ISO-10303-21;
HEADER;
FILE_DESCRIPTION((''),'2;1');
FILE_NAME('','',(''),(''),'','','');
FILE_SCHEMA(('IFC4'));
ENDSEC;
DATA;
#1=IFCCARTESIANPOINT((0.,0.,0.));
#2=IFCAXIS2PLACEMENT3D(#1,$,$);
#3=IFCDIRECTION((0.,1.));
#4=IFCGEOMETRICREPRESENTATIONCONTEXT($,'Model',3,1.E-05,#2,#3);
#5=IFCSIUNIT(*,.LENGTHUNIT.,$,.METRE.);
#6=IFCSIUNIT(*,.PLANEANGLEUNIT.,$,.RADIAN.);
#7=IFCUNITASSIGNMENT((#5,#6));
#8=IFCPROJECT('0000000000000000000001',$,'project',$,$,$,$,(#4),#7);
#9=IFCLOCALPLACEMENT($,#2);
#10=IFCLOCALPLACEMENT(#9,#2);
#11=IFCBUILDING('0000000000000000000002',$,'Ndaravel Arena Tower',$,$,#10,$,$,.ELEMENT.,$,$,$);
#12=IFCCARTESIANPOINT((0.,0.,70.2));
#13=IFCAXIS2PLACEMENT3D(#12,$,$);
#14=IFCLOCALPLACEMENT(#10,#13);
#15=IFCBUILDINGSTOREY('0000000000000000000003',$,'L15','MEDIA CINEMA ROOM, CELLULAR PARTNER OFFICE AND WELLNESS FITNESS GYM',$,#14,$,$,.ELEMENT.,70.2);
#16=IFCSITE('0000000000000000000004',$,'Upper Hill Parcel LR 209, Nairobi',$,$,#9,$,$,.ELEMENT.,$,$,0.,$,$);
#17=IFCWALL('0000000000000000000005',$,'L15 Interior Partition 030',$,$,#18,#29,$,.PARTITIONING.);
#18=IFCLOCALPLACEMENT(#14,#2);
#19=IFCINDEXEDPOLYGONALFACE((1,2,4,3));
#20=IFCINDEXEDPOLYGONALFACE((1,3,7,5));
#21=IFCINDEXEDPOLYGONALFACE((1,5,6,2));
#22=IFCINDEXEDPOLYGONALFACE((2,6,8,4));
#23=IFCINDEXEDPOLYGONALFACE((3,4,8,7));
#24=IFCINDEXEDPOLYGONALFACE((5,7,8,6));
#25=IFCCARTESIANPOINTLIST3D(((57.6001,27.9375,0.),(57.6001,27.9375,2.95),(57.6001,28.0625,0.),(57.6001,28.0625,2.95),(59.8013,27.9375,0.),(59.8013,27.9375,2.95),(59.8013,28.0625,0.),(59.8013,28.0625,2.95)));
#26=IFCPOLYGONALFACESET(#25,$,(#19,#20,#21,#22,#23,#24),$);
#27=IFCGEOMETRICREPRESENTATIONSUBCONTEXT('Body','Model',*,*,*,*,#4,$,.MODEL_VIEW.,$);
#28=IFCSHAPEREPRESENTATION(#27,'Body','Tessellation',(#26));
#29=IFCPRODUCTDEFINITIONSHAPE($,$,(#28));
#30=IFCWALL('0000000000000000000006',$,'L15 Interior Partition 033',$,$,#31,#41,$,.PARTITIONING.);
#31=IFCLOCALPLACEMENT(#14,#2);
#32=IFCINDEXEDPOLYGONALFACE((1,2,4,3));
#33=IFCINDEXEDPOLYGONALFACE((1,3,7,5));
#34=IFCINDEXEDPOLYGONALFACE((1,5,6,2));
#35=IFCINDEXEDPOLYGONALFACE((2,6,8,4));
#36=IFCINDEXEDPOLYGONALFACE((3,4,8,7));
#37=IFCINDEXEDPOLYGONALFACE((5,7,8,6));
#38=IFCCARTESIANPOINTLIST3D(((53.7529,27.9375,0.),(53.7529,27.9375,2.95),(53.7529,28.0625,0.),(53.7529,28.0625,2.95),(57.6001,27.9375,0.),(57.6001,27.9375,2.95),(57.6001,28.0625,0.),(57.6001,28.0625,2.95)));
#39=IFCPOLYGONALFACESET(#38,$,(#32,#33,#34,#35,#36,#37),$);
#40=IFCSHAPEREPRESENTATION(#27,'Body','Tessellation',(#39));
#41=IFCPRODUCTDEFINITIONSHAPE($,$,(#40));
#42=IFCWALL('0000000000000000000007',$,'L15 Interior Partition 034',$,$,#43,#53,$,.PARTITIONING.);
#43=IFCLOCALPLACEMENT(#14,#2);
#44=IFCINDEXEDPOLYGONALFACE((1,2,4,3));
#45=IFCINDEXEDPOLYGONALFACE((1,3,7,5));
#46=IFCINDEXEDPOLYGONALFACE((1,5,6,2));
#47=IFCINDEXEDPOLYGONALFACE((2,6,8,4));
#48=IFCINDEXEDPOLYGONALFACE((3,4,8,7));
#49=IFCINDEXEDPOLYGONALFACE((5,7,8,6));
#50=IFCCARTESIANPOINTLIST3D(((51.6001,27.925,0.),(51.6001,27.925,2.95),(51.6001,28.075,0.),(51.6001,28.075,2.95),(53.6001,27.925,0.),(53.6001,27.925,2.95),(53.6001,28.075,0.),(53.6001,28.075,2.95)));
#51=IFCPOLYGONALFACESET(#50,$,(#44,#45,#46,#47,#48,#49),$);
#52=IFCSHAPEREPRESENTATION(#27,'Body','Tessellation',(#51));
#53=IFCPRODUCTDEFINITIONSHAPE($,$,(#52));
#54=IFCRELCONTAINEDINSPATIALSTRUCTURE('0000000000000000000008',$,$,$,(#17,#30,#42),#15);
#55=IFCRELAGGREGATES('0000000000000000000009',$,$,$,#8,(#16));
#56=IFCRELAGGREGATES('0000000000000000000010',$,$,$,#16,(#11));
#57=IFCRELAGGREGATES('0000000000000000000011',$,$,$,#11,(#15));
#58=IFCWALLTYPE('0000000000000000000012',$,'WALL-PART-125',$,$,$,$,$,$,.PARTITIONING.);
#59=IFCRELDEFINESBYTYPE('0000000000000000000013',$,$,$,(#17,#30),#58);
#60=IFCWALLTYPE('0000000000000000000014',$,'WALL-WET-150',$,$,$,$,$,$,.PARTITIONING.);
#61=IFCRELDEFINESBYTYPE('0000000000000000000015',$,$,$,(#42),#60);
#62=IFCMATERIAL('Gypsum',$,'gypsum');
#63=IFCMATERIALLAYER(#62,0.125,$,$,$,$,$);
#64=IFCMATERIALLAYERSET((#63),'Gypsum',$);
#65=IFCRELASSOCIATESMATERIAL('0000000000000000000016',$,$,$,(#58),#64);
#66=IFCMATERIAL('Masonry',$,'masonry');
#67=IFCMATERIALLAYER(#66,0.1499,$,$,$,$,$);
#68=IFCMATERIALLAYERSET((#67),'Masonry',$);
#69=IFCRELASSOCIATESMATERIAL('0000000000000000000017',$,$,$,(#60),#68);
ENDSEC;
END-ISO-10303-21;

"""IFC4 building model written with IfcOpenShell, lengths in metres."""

from ifc_helpers import new_model, si_unit, direction, frame, frame_2d, origin, place, context, subcontext, project, spatial, rectangle, extrude, material, layer, layer_set, type_object, element, save


model = new_model("IFC4")

# Units and contexts
model_context = context("Model", 3, precision=1e-05, world=origin(), true_north=direction((0.0, 1.0)))
body_context = subcontext(model_context, "Body", "Model", "MODEL_VIEW")
ifc_project = project(units=[si_unit("LENGTHUNIT", "METRE"), si_unit("PLANEANGLEUNIT", "RADIAN")], contexts=[model_context])

# Site, building, storey
site_placement = place(None, origin())
site = spatial("IfcSite", under=ifc_project, at=site_placement, Name="Upper Hill Parcel LR 209, Nairobi", CompositionType="ELEMENT", RefElevation=0.0)
building_placement = place(site_placement, origin())
building = spatial("IfcBuilding", under=site, at=building_placement, Name="Ndaravel Arena Tower", CompositionType="ELEMENT")
storey_placement = place(building_placement, frame((0.0, 0.0, 70.2)))
storey = spatial("IfcBuildingStorey", under=building, at=storey_placement, Name="L15", Description="MEDIA CINEMA ROOM, CELLULAR PARTNER OFFICE AND WELLNESS FITNESS GYM", CompositionType="ELEMENT", Elevation=70.2)

# Walls
ifc_material_1 = material(Name="Gypsum", Category="gypsum")
ifc_layer_1 = layer(ifc_material_1, 0.125)
ifc_layer_set_1 = layer_set([ifc_layer_1], Name="Gypsum")
wall_type_1 = type_object("IfcWallType", Name="WALL-PART-125", PredefinedType="PARTITIONING", material=ifc_layer_set_1)
wall_1_placement = place(storey_placement, frame((57.6001, 28.0, 0.0), z_axis=(0.0, 0.0, 1.0), x_axis=(1.0, 0.0, 0.0)))
element("IfcWall", 1, at=wall_1_placement, inside=storey, type_object=wall_type_1, Name="L15 Interior Partition 030", PredefinedType="PARTITIONING", context=body_context, shape_type="SweptSolid", body=[
    extrude(rectangle(XDim=2.2012, YDim=0.125, at=frame_2d((1.1006, 0.0))), origin(), (0.0, 0.0, 1.0), 2.95),
])
wall_2_placement = place(storey_placement, frame((53.7529, 28.0, 0.0), z_axis=(0.0, 0.0, 1.0), x_axis=(1.0, 0.0, 0.0)))
element("IfcWall", 2, at=wall_2_placement, inside=storey, type_object=wall_type_1, Name="L15 Interior Partition 033", PredefinedType="PARTITIONING", context=body_context, shape_type="SweptSolid", body=[
    extrude(rectangle(XDim=3.8472, YDim=0.125, at=frame_2d((1.9236, 0.0))), origin(), (0.0, 0.0, 1.0), 2.95),
])
ifc_material_2 = material(Name="Masonry", Category="masonry")
ifc_layer_2 = layer(ifc_material_2, 0.1499)
ifc_layer_set_2 = layer_set([ifc_layer_2], Name="Masonry")
wall_type_2 = type_object("IfcWallType", Name="WALL-WET-150", PredefinedType="PARTITIONING", material=ifc_layer_set_2)
wall_3_placement = place(storey_placement, frame((51.6001, 28.0, 0.0), z_axis=(0.0, 0.0, 1.0), x_axis=(1.0, 0.0, 0.0)))
element("IfcWall", 3, at=wall_3_placement, inside=storey, type_object=wall_type_2, Name="L15 Interior Partition 034", PredefinedType="PARTITIONING", context=body_context, shape_type="SweptSolid", body=[
    extrude(rectangle(XDim=2.0, YDim=0.1499, at=frame_2d((1.0, 0.0))), origin(), (0.0, 0.0, 1.0), 2.95),
])

save(model, "model.ifc")
